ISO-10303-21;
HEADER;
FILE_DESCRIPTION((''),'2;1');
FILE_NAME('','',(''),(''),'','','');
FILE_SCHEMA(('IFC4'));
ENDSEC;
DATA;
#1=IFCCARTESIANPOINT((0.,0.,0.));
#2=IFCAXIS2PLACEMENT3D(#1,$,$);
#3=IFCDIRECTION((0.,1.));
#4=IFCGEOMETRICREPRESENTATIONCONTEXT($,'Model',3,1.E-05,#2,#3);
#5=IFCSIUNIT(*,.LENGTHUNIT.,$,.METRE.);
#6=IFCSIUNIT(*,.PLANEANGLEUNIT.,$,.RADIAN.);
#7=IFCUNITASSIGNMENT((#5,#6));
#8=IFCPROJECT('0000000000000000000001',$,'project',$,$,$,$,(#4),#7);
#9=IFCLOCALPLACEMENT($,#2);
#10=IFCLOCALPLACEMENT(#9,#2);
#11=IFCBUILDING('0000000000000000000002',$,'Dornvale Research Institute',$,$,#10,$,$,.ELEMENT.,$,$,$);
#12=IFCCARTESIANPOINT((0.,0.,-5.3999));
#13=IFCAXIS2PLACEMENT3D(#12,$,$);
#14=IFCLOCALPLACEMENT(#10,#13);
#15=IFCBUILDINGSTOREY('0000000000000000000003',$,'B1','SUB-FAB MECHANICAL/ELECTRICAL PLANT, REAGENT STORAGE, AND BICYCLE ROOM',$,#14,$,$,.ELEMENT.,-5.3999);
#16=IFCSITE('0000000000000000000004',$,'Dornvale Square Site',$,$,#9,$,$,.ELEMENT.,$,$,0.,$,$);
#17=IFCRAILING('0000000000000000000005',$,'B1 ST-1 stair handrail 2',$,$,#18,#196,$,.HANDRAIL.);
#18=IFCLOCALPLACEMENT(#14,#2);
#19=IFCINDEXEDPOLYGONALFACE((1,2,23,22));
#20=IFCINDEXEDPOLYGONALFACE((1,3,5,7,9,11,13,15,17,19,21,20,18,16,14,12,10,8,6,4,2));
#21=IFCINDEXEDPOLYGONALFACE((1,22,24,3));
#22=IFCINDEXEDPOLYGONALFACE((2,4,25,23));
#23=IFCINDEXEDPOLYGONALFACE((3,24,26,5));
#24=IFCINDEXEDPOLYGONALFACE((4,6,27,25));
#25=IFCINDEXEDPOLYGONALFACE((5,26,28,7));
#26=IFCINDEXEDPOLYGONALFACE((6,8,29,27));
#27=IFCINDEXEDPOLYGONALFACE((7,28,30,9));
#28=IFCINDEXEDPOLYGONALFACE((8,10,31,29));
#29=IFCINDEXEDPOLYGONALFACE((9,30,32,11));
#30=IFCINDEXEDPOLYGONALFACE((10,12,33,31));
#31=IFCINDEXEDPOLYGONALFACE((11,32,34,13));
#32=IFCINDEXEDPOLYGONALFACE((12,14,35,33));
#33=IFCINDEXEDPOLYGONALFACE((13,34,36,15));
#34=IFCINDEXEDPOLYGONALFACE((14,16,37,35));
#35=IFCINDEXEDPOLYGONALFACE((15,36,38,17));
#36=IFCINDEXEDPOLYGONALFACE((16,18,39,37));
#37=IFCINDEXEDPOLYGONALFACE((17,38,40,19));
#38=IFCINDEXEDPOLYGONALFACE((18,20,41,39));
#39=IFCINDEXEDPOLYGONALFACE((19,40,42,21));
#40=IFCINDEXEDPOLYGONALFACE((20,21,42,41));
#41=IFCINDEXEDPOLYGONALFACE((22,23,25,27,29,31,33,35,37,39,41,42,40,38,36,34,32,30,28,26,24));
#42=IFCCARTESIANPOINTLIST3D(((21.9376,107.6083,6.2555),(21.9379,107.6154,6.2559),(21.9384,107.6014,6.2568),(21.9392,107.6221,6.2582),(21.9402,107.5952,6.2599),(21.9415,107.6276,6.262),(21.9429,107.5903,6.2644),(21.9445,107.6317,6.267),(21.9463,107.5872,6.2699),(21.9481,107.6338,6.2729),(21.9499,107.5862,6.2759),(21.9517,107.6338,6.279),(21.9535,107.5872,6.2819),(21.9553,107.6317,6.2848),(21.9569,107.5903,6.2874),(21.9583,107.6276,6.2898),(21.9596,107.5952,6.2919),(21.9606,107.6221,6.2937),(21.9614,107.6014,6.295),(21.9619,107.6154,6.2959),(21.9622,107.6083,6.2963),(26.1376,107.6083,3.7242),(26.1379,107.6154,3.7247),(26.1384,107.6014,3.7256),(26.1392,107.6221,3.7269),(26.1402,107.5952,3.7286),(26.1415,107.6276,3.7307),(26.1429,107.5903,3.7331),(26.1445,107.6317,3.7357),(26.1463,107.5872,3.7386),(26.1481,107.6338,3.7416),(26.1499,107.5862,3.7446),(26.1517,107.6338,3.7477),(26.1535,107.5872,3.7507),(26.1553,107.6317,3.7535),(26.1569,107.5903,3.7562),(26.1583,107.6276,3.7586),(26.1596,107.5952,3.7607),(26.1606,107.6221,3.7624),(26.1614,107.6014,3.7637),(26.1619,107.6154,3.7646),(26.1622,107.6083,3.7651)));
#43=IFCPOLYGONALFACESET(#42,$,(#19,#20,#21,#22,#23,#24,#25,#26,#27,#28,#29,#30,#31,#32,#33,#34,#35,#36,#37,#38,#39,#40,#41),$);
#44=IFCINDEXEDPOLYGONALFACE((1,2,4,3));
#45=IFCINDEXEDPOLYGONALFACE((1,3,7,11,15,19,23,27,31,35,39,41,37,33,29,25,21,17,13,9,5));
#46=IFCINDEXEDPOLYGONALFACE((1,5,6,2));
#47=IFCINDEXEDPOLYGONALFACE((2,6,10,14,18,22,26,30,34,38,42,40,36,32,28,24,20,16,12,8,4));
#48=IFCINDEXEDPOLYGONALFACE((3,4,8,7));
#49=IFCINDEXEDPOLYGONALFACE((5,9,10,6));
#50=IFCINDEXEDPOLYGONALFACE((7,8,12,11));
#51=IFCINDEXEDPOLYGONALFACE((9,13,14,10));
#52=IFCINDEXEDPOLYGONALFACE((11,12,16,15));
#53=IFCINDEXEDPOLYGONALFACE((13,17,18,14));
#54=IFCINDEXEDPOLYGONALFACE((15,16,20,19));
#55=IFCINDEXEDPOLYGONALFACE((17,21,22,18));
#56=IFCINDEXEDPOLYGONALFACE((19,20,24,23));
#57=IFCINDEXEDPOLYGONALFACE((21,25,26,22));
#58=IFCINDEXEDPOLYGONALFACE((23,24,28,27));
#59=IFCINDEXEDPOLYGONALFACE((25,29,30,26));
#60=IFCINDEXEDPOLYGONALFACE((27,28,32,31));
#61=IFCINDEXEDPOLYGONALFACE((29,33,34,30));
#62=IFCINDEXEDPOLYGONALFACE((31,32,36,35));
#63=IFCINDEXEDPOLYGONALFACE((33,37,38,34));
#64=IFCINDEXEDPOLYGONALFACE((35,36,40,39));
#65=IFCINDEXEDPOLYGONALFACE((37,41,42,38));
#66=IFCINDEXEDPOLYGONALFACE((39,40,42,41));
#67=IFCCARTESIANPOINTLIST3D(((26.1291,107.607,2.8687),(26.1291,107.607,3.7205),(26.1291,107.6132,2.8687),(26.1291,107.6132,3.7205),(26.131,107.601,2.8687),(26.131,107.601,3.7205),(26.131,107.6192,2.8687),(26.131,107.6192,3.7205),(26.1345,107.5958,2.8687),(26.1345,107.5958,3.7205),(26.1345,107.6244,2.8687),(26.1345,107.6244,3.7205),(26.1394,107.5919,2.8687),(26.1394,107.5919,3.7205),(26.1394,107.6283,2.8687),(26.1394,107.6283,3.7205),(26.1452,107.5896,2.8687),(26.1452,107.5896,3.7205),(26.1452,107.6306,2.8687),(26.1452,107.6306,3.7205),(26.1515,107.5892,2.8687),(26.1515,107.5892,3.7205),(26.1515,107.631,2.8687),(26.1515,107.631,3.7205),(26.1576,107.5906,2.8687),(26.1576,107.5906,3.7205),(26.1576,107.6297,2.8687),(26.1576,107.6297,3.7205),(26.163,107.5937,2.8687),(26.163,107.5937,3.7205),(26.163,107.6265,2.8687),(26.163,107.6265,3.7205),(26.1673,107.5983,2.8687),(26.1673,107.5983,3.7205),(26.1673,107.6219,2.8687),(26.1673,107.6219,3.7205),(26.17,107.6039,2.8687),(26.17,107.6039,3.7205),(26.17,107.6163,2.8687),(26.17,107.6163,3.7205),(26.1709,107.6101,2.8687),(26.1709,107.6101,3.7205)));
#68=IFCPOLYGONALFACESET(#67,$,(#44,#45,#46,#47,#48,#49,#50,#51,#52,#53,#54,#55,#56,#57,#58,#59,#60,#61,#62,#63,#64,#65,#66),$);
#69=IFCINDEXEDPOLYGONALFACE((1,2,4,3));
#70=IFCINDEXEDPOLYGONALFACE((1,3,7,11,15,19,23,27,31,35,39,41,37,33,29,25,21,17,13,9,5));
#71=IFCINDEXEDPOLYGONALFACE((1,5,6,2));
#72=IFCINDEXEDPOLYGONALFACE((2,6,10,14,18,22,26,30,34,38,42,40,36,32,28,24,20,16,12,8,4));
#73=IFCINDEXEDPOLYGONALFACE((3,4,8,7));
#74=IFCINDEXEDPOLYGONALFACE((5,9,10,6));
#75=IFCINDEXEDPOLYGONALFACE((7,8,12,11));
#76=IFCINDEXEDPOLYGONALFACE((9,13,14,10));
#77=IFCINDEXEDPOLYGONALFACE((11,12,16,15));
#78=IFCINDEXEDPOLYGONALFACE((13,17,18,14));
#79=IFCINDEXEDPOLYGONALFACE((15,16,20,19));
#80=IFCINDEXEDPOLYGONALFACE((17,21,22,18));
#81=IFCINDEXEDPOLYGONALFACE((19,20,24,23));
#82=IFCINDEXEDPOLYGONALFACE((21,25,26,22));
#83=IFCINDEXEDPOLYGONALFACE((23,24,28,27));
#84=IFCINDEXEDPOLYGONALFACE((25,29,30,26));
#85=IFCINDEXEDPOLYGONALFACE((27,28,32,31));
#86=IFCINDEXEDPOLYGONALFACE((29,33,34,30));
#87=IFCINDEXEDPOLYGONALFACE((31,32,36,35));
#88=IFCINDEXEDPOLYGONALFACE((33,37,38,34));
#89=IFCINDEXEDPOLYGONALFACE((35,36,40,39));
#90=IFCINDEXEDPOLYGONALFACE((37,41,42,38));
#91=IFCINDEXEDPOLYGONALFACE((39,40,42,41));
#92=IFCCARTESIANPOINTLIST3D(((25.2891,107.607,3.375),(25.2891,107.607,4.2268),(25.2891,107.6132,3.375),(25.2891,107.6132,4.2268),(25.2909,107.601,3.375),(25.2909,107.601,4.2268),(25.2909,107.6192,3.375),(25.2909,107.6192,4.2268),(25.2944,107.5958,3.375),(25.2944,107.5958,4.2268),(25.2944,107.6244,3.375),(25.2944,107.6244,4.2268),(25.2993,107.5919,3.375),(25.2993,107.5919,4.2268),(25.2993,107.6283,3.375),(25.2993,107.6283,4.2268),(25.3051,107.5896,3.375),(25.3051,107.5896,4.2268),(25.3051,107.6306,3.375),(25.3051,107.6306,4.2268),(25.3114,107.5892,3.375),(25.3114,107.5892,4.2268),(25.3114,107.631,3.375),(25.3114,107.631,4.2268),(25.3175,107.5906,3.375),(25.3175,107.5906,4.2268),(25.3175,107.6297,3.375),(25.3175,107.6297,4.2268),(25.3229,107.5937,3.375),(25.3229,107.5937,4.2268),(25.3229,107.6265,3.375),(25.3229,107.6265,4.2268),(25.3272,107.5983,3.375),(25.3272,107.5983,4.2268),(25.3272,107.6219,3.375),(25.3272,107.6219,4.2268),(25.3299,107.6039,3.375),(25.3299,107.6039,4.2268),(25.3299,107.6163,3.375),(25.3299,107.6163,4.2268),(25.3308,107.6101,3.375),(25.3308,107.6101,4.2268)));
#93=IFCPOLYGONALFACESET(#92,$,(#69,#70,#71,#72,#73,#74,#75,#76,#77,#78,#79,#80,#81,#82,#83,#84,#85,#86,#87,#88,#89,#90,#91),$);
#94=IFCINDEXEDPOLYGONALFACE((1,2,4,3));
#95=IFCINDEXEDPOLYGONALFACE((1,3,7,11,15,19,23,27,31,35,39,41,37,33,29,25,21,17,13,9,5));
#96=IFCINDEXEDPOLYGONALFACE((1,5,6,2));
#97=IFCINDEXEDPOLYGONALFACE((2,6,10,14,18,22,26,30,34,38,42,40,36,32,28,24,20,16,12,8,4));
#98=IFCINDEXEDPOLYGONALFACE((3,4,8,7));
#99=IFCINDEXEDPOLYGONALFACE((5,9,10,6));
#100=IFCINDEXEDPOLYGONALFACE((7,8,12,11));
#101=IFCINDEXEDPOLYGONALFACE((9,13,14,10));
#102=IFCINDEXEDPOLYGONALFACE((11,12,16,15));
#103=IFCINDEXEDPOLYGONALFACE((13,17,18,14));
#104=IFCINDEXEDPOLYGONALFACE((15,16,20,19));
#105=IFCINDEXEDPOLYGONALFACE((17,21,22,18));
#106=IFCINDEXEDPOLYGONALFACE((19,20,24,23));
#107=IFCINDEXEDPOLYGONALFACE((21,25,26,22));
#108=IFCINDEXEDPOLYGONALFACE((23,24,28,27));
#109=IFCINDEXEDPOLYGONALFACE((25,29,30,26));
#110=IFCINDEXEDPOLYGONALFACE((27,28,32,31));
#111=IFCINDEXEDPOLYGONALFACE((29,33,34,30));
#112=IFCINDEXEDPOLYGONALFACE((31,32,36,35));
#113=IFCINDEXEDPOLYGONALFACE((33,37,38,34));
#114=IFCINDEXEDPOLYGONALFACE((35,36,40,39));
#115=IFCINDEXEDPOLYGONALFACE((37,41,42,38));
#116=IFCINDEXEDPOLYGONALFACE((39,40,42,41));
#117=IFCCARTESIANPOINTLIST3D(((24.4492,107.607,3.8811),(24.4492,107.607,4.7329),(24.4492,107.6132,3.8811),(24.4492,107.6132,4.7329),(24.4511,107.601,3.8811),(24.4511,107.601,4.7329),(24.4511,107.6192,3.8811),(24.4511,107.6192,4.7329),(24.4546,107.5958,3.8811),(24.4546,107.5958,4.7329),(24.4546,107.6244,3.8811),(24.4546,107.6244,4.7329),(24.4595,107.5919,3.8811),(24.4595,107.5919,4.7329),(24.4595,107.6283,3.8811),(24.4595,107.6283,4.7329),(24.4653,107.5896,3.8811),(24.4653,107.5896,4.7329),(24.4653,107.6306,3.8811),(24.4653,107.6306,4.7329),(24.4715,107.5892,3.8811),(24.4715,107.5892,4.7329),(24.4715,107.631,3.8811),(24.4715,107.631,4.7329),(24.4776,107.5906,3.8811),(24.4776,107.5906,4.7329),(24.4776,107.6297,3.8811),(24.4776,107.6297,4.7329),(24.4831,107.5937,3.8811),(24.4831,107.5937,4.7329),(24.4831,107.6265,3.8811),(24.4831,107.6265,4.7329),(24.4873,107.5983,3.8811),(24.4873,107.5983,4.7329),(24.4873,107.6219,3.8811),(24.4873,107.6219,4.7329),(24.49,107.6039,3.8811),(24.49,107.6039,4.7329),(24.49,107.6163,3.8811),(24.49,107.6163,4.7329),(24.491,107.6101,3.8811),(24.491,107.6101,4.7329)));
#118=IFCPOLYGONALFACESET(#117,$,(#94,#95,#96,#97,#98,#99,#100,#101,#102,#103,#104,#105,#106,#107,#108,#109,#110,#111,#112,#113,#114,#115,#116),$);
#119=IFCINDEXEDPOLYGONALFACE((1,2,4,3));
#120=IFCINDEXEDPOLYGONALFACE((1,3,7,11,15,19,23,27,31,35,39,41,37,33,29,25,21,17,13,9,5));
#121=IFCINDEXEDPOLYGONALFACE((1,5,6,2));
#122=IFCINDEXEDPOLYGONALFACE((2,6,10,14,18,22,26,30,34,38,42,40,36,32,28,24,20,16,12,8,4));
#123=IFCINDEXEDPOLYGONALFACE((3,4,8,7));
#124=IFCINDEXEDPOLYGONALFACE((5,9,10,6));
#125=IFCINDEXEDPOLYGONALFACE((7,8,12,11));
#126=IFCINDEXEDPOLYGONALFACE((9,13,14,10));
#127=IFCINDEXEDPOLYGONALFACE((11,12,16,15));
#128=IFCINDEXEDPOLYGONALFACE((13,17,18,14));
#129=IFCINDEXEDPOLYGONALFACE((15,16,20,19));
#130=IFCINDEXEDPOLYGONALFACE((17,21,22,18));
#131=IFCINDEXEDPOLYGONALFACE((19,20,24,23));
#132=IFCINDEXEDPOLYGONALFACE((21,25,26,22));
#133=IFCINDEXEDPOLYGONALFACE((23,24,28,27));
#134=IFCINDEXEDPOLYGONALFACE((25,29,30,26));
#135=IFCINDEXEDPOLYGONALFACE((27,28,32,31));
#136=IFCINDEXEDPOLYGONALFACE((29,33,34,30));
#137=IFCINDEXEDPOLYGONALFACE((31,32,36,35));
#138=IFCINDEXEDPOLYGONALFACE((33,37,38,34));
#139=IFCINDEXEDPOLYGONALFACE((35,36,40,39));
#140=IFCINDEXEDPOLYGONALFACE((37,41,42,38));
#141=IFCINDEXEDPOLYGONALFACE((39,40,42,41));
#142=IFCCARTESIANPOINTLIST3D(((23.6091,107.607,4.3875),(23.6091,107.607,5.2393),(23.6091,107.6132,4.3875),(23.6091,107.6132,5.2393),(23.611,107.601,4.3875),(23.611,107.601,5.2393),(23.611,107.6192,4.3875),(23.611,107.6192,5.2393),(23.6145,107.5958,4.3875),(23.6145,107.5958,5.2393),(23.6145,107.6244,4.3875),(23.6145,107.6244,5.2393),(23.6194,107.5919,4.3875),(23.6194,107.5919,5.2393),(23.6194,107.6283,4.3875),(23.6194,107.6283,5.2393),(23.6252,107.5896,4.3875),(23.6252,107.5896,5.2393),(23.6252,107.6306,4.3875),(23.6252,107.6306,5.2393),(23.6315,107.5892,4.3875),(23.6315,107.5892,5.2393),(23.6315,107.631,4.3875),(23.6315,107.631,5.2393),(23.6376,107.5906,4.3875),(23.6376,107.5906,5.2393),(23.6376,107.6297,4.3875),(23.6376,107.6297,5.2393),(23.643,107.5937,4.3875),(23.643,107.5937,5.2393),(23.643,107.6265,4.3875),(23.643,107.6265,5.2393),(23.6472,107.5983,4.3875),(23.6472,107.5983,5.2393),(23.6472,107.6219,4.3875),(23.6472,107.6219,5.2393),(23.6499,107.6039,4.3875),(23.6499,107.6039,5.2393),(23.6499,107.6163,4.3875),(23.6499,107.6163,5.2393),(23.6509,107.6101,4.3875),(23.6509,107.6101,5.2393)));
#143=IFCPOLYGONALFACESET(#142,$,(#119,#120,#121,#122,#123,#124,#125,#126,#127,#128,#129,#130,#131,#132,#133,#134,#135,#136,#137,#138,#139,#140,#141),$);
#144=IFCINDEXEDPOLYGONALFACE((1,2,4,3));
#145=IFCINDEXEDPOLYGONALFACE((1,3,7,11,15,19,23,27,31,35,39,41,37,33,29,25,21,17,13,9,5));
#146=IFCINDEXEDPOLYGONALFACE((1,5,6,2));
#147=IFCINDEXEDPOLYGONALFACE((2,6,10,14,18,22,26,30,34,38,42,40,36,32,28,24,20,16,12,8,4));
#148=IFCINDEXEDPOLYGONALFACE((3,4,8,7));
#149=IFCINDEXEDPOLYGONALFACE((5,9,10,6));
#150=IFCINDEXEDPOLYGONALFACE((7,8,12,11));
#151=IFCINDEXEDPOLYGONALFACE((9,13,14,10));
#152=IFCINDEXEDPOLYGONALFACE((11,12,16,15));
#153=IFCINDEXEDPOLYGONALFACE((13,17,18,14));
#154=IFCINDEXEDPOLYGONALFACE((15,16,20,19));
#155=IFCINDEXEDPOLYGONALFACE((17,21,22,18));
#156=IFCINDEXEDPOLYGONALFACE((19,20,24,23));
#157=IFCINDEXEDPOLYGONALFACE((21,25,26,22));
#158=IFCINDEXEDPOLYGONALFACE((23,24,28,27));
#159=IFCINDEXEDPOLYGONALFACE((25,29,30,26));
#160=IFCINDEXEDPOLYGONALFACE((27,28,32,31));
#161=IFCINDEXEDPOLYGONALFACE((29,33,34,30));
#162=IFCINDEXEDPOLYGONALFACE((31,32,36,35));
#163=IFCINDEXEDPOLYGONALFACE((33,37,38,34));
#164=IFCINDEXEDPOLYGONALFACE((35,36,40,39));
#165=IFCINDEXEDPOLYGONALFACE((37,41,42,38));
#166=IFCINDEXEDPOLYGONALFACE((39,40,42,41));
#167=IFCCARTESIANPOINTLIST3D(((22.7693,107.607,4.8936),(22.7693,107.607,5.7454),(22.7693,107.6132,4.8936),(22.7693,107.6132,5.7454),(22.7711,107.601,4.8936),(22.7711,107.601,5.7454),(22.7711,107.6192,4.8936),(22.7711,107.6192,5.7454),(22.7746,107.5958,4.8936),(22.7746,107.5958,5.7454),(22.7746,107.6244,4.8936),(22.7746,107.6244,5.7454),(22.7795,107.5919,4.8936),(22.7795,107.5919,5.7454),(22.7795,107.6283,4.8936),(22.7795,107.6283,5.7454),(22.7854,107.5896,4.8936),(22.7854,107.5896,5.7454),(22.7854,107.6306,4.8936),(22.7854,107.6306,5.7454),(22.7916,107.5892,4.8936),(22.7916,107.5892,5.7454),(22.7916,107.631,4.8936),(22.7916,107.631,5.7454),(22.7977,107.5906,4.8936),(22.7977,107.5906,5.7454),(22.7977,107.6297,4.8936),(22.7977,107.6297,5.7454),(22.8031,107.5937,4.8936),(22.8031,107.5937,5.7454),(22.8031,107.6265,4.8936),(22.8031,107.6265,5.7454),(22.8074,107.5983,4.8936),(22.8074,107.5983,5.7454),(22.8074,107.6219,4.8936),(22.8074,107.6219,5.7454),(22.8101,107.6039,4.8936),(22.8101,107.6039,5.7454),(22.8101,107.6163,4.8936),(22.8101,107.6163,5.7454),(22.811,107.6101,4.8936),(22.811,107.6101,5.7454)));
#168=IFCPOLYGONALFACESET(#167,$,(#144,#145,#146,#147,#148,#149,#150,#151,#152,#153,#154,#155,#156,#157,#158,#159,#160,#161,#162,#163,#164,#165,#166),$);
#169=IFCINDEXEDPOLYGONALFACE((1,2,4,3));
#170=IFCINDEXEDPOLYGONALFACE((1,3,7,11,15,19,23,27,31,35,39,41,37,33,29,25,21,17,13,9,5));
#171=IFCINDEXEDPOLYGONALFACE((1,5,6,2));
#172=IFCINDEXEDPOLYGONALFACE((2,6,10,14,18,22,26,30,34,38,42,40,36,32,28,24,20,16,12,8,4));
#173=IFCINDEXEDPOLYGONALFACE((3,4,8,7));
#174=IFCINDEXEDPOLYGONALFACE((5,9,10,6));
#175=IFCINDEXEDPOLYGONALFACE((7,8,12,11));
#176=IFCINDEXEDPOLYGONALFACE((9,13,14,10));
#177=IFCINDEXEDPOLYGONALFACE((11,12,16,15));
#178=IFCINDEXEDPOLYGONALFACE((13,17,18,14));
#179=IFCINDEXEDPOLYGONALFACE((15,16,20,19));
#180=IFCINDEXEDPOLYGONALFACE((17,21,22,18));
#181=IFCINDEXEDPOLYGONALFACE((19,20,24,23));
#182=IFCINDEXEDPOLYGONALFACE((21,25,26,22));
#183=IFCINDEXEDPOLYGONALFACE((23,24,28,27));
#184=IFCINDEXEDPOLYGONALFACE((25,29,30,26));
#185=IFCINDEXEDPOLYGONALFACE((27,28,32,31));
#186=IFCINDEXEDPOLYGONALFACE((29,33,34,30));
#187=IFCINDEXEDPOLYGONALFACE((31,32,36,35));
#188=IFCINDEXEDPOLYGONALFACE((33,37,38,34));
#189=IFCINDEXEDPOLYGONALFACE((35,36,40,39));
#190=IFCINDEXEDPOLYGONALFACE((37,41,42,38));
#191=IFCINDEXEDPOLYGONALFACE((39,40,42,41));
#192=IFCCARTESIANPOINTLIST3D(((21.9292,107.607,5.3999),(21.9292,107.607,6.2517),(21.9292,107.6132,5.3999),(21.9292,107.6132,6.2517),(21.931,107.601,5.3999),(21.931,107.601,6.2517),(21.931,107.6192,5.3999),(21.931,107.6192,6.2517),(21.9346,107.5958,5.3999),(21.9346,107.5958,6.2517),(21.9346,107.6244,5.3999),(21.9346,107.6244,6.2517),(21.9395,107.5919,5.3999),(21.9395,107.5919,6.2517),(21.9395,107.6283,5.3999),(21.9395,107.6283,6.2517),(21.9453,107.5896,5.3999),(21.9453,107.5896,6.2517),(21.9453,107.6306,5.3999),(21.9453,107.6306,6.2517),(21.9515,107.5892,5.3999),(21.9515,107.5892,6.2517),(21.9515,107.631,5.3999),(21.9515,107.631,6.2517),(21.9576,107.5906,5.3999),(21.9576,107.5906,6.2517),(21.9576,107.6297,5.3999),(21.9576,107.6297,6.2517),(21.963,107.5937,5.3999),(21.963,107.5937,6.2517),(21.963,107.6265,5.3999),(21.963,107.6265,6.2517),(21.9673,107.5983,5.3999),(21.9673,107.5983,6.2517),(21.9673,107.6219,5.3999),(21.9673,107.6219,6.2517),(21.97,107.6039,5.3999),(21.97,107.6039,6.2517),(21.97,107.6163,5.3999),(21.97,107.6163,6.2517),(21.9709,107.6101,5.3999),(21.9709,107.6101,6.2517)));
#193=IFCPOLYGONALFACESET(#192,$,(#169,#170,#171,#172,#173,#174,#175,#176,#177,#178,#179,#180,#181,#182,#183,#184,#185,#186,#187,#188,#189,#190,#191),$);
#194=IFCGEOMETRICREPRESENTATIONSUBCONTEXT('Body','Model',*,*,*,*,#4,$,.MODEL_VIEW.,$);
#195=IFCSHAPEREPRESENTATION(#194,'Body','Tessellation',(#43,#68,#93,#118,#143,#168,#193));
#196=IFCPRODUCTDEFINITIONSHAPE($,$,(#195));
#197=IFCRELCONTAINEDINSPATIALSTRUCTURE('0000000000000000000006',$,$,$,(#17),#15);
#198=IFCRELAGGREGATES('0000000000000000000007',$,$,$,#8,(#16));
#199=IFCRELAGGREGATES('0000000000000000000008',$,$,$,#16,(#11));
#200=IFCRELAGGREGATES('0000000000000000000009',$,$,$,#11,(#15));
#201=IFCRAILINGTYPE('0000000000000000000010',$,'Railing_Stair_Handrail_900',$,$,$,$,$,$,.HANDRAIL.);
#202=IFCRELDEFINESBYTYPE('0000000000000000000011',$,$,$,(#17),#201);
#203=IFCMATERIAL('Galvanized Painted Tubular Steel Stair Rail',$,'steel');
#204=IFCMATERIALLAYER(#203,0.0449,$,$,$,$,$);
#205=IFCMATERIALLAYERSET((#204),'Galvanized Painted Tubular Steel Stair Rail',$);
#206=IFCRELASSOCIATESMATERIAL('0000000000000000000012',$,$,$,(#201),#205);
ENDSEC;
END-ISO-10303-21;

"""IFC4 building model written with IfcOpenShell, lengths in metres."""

from ifc_helpers import new_model, si_unit, direction, frame, origin, origin_2d, place, context, subcontext, project, spatial, circle, extrude, material, layer, layer_set, type_object, element, save


model = new_model("IFC4")

# Units and contexts
model_context = context("Model", 3, precision=1e-05, world=origin(), true_north=direction((0.0, 1.0)))
body_context = subcontext(model_context, "Body", "Model", "MODEL_VIEW")
ifc_project = project(units=[si_unit("LENGTHUNIT", "METRE"), si_unit("PLANEANGLEUNIT", "RADIAN")], contexts=[model_context])

# Site, building, storey
site_placement = place(None, origin())
site = spatial("IfcSite", under=ifc_project, at=site_placement, Name="Dornvale Square Site", CompositionType="ELEMENT", RefElevation=0.0)
building_placement = place(site_placement, origin())
building = spatial("IfcBuilding", under=site, at=building_placement, Name="Dornvale Research Institute", CompositionType="ELEMENT")
storey_placement = place(building_placement, frame((0.0, 0.0, -5.3999)))
storey = spatial("IfcBuildingStorey", under=building, at=storey_placement, Name="B1", Description="SUB-FAB MECHANICAL/ELECTRICAL PLANT, REAGENT STORAGE, AND BICYCLE ROOM", CompositionType="ELEMENT", Elevation=-5.3999)

# Railing
ifc_material_1 = material(Name="Galvanized Painted Tubular Steel Stair Rail", Category="steel")
ifc_layer_1 = layer(ifc_material_1, 0.0449)
ifc_layer_set_1 = layer_set([ifc_layer_1], Name="Galvanized Painted Tubular Steel Stair Rail")
railing_type = type_object("IfcRailingType", Name="Railing_Stair_Handrail_900", PredefinedType="HANDRAIL", material=ifc_layer_set_1)
railing_placement = place(storey_placement, frame((26.1499, 107.6101, 2.8687)))
element("IfcRailing", 1, at=railing_placement, inside=storey, type_object=railing_type, Name="B1 ST-1 stair handrail 2", PredefinedType="HANDRAIL", context=body_context, shape_type="SweptSolid", body=[
    extrude(circle(Radius=0.0239, at=origin_2d()), frame((0.0, 0.0, 0.876), z_axis=(-0.856476, 0.0, 0.516186), x_axis=(0.0, -1.0, 0.0)), (0.0, 0.0, 1.0), 4.9038),
    extrude(circle(Radius=0.021, at=origin_2d()), origin(), (0.0, 0.0, 1.0), 0.8518),
    extrude(circle(Radius=0.021, at=origin_2d()), frame((-0.8401, 0.0, 0.5063)), (0.0, 0.0, 1.0), 0.8518),
    extrude(circle(Radius=0.021, at=origin_2d()), frame((-1.6799, 0.0, 1.0125)), (0.0, 0.0, 1.0), 0.8518),
    extrude(circle(Radius=0.021, at=origin_2d()), frame((-2.52, 0.0, 1.5188)), (0.0, 0.0, 1.0), 0.8518),
    extrude(circle(Radius=0.021, at=origin_2d()), frame((-3.3599, 0.0, 2.0249)), (0.0, 0.0, 1.0), 0.8518),
    extrude(circle(Radius=0.021, at=origin_2d()), frame((-4.2, 0.0, 2.5312)), (0.0, 0.0, 1.0), 0.8518),
])

save(model, "model.ifc")
